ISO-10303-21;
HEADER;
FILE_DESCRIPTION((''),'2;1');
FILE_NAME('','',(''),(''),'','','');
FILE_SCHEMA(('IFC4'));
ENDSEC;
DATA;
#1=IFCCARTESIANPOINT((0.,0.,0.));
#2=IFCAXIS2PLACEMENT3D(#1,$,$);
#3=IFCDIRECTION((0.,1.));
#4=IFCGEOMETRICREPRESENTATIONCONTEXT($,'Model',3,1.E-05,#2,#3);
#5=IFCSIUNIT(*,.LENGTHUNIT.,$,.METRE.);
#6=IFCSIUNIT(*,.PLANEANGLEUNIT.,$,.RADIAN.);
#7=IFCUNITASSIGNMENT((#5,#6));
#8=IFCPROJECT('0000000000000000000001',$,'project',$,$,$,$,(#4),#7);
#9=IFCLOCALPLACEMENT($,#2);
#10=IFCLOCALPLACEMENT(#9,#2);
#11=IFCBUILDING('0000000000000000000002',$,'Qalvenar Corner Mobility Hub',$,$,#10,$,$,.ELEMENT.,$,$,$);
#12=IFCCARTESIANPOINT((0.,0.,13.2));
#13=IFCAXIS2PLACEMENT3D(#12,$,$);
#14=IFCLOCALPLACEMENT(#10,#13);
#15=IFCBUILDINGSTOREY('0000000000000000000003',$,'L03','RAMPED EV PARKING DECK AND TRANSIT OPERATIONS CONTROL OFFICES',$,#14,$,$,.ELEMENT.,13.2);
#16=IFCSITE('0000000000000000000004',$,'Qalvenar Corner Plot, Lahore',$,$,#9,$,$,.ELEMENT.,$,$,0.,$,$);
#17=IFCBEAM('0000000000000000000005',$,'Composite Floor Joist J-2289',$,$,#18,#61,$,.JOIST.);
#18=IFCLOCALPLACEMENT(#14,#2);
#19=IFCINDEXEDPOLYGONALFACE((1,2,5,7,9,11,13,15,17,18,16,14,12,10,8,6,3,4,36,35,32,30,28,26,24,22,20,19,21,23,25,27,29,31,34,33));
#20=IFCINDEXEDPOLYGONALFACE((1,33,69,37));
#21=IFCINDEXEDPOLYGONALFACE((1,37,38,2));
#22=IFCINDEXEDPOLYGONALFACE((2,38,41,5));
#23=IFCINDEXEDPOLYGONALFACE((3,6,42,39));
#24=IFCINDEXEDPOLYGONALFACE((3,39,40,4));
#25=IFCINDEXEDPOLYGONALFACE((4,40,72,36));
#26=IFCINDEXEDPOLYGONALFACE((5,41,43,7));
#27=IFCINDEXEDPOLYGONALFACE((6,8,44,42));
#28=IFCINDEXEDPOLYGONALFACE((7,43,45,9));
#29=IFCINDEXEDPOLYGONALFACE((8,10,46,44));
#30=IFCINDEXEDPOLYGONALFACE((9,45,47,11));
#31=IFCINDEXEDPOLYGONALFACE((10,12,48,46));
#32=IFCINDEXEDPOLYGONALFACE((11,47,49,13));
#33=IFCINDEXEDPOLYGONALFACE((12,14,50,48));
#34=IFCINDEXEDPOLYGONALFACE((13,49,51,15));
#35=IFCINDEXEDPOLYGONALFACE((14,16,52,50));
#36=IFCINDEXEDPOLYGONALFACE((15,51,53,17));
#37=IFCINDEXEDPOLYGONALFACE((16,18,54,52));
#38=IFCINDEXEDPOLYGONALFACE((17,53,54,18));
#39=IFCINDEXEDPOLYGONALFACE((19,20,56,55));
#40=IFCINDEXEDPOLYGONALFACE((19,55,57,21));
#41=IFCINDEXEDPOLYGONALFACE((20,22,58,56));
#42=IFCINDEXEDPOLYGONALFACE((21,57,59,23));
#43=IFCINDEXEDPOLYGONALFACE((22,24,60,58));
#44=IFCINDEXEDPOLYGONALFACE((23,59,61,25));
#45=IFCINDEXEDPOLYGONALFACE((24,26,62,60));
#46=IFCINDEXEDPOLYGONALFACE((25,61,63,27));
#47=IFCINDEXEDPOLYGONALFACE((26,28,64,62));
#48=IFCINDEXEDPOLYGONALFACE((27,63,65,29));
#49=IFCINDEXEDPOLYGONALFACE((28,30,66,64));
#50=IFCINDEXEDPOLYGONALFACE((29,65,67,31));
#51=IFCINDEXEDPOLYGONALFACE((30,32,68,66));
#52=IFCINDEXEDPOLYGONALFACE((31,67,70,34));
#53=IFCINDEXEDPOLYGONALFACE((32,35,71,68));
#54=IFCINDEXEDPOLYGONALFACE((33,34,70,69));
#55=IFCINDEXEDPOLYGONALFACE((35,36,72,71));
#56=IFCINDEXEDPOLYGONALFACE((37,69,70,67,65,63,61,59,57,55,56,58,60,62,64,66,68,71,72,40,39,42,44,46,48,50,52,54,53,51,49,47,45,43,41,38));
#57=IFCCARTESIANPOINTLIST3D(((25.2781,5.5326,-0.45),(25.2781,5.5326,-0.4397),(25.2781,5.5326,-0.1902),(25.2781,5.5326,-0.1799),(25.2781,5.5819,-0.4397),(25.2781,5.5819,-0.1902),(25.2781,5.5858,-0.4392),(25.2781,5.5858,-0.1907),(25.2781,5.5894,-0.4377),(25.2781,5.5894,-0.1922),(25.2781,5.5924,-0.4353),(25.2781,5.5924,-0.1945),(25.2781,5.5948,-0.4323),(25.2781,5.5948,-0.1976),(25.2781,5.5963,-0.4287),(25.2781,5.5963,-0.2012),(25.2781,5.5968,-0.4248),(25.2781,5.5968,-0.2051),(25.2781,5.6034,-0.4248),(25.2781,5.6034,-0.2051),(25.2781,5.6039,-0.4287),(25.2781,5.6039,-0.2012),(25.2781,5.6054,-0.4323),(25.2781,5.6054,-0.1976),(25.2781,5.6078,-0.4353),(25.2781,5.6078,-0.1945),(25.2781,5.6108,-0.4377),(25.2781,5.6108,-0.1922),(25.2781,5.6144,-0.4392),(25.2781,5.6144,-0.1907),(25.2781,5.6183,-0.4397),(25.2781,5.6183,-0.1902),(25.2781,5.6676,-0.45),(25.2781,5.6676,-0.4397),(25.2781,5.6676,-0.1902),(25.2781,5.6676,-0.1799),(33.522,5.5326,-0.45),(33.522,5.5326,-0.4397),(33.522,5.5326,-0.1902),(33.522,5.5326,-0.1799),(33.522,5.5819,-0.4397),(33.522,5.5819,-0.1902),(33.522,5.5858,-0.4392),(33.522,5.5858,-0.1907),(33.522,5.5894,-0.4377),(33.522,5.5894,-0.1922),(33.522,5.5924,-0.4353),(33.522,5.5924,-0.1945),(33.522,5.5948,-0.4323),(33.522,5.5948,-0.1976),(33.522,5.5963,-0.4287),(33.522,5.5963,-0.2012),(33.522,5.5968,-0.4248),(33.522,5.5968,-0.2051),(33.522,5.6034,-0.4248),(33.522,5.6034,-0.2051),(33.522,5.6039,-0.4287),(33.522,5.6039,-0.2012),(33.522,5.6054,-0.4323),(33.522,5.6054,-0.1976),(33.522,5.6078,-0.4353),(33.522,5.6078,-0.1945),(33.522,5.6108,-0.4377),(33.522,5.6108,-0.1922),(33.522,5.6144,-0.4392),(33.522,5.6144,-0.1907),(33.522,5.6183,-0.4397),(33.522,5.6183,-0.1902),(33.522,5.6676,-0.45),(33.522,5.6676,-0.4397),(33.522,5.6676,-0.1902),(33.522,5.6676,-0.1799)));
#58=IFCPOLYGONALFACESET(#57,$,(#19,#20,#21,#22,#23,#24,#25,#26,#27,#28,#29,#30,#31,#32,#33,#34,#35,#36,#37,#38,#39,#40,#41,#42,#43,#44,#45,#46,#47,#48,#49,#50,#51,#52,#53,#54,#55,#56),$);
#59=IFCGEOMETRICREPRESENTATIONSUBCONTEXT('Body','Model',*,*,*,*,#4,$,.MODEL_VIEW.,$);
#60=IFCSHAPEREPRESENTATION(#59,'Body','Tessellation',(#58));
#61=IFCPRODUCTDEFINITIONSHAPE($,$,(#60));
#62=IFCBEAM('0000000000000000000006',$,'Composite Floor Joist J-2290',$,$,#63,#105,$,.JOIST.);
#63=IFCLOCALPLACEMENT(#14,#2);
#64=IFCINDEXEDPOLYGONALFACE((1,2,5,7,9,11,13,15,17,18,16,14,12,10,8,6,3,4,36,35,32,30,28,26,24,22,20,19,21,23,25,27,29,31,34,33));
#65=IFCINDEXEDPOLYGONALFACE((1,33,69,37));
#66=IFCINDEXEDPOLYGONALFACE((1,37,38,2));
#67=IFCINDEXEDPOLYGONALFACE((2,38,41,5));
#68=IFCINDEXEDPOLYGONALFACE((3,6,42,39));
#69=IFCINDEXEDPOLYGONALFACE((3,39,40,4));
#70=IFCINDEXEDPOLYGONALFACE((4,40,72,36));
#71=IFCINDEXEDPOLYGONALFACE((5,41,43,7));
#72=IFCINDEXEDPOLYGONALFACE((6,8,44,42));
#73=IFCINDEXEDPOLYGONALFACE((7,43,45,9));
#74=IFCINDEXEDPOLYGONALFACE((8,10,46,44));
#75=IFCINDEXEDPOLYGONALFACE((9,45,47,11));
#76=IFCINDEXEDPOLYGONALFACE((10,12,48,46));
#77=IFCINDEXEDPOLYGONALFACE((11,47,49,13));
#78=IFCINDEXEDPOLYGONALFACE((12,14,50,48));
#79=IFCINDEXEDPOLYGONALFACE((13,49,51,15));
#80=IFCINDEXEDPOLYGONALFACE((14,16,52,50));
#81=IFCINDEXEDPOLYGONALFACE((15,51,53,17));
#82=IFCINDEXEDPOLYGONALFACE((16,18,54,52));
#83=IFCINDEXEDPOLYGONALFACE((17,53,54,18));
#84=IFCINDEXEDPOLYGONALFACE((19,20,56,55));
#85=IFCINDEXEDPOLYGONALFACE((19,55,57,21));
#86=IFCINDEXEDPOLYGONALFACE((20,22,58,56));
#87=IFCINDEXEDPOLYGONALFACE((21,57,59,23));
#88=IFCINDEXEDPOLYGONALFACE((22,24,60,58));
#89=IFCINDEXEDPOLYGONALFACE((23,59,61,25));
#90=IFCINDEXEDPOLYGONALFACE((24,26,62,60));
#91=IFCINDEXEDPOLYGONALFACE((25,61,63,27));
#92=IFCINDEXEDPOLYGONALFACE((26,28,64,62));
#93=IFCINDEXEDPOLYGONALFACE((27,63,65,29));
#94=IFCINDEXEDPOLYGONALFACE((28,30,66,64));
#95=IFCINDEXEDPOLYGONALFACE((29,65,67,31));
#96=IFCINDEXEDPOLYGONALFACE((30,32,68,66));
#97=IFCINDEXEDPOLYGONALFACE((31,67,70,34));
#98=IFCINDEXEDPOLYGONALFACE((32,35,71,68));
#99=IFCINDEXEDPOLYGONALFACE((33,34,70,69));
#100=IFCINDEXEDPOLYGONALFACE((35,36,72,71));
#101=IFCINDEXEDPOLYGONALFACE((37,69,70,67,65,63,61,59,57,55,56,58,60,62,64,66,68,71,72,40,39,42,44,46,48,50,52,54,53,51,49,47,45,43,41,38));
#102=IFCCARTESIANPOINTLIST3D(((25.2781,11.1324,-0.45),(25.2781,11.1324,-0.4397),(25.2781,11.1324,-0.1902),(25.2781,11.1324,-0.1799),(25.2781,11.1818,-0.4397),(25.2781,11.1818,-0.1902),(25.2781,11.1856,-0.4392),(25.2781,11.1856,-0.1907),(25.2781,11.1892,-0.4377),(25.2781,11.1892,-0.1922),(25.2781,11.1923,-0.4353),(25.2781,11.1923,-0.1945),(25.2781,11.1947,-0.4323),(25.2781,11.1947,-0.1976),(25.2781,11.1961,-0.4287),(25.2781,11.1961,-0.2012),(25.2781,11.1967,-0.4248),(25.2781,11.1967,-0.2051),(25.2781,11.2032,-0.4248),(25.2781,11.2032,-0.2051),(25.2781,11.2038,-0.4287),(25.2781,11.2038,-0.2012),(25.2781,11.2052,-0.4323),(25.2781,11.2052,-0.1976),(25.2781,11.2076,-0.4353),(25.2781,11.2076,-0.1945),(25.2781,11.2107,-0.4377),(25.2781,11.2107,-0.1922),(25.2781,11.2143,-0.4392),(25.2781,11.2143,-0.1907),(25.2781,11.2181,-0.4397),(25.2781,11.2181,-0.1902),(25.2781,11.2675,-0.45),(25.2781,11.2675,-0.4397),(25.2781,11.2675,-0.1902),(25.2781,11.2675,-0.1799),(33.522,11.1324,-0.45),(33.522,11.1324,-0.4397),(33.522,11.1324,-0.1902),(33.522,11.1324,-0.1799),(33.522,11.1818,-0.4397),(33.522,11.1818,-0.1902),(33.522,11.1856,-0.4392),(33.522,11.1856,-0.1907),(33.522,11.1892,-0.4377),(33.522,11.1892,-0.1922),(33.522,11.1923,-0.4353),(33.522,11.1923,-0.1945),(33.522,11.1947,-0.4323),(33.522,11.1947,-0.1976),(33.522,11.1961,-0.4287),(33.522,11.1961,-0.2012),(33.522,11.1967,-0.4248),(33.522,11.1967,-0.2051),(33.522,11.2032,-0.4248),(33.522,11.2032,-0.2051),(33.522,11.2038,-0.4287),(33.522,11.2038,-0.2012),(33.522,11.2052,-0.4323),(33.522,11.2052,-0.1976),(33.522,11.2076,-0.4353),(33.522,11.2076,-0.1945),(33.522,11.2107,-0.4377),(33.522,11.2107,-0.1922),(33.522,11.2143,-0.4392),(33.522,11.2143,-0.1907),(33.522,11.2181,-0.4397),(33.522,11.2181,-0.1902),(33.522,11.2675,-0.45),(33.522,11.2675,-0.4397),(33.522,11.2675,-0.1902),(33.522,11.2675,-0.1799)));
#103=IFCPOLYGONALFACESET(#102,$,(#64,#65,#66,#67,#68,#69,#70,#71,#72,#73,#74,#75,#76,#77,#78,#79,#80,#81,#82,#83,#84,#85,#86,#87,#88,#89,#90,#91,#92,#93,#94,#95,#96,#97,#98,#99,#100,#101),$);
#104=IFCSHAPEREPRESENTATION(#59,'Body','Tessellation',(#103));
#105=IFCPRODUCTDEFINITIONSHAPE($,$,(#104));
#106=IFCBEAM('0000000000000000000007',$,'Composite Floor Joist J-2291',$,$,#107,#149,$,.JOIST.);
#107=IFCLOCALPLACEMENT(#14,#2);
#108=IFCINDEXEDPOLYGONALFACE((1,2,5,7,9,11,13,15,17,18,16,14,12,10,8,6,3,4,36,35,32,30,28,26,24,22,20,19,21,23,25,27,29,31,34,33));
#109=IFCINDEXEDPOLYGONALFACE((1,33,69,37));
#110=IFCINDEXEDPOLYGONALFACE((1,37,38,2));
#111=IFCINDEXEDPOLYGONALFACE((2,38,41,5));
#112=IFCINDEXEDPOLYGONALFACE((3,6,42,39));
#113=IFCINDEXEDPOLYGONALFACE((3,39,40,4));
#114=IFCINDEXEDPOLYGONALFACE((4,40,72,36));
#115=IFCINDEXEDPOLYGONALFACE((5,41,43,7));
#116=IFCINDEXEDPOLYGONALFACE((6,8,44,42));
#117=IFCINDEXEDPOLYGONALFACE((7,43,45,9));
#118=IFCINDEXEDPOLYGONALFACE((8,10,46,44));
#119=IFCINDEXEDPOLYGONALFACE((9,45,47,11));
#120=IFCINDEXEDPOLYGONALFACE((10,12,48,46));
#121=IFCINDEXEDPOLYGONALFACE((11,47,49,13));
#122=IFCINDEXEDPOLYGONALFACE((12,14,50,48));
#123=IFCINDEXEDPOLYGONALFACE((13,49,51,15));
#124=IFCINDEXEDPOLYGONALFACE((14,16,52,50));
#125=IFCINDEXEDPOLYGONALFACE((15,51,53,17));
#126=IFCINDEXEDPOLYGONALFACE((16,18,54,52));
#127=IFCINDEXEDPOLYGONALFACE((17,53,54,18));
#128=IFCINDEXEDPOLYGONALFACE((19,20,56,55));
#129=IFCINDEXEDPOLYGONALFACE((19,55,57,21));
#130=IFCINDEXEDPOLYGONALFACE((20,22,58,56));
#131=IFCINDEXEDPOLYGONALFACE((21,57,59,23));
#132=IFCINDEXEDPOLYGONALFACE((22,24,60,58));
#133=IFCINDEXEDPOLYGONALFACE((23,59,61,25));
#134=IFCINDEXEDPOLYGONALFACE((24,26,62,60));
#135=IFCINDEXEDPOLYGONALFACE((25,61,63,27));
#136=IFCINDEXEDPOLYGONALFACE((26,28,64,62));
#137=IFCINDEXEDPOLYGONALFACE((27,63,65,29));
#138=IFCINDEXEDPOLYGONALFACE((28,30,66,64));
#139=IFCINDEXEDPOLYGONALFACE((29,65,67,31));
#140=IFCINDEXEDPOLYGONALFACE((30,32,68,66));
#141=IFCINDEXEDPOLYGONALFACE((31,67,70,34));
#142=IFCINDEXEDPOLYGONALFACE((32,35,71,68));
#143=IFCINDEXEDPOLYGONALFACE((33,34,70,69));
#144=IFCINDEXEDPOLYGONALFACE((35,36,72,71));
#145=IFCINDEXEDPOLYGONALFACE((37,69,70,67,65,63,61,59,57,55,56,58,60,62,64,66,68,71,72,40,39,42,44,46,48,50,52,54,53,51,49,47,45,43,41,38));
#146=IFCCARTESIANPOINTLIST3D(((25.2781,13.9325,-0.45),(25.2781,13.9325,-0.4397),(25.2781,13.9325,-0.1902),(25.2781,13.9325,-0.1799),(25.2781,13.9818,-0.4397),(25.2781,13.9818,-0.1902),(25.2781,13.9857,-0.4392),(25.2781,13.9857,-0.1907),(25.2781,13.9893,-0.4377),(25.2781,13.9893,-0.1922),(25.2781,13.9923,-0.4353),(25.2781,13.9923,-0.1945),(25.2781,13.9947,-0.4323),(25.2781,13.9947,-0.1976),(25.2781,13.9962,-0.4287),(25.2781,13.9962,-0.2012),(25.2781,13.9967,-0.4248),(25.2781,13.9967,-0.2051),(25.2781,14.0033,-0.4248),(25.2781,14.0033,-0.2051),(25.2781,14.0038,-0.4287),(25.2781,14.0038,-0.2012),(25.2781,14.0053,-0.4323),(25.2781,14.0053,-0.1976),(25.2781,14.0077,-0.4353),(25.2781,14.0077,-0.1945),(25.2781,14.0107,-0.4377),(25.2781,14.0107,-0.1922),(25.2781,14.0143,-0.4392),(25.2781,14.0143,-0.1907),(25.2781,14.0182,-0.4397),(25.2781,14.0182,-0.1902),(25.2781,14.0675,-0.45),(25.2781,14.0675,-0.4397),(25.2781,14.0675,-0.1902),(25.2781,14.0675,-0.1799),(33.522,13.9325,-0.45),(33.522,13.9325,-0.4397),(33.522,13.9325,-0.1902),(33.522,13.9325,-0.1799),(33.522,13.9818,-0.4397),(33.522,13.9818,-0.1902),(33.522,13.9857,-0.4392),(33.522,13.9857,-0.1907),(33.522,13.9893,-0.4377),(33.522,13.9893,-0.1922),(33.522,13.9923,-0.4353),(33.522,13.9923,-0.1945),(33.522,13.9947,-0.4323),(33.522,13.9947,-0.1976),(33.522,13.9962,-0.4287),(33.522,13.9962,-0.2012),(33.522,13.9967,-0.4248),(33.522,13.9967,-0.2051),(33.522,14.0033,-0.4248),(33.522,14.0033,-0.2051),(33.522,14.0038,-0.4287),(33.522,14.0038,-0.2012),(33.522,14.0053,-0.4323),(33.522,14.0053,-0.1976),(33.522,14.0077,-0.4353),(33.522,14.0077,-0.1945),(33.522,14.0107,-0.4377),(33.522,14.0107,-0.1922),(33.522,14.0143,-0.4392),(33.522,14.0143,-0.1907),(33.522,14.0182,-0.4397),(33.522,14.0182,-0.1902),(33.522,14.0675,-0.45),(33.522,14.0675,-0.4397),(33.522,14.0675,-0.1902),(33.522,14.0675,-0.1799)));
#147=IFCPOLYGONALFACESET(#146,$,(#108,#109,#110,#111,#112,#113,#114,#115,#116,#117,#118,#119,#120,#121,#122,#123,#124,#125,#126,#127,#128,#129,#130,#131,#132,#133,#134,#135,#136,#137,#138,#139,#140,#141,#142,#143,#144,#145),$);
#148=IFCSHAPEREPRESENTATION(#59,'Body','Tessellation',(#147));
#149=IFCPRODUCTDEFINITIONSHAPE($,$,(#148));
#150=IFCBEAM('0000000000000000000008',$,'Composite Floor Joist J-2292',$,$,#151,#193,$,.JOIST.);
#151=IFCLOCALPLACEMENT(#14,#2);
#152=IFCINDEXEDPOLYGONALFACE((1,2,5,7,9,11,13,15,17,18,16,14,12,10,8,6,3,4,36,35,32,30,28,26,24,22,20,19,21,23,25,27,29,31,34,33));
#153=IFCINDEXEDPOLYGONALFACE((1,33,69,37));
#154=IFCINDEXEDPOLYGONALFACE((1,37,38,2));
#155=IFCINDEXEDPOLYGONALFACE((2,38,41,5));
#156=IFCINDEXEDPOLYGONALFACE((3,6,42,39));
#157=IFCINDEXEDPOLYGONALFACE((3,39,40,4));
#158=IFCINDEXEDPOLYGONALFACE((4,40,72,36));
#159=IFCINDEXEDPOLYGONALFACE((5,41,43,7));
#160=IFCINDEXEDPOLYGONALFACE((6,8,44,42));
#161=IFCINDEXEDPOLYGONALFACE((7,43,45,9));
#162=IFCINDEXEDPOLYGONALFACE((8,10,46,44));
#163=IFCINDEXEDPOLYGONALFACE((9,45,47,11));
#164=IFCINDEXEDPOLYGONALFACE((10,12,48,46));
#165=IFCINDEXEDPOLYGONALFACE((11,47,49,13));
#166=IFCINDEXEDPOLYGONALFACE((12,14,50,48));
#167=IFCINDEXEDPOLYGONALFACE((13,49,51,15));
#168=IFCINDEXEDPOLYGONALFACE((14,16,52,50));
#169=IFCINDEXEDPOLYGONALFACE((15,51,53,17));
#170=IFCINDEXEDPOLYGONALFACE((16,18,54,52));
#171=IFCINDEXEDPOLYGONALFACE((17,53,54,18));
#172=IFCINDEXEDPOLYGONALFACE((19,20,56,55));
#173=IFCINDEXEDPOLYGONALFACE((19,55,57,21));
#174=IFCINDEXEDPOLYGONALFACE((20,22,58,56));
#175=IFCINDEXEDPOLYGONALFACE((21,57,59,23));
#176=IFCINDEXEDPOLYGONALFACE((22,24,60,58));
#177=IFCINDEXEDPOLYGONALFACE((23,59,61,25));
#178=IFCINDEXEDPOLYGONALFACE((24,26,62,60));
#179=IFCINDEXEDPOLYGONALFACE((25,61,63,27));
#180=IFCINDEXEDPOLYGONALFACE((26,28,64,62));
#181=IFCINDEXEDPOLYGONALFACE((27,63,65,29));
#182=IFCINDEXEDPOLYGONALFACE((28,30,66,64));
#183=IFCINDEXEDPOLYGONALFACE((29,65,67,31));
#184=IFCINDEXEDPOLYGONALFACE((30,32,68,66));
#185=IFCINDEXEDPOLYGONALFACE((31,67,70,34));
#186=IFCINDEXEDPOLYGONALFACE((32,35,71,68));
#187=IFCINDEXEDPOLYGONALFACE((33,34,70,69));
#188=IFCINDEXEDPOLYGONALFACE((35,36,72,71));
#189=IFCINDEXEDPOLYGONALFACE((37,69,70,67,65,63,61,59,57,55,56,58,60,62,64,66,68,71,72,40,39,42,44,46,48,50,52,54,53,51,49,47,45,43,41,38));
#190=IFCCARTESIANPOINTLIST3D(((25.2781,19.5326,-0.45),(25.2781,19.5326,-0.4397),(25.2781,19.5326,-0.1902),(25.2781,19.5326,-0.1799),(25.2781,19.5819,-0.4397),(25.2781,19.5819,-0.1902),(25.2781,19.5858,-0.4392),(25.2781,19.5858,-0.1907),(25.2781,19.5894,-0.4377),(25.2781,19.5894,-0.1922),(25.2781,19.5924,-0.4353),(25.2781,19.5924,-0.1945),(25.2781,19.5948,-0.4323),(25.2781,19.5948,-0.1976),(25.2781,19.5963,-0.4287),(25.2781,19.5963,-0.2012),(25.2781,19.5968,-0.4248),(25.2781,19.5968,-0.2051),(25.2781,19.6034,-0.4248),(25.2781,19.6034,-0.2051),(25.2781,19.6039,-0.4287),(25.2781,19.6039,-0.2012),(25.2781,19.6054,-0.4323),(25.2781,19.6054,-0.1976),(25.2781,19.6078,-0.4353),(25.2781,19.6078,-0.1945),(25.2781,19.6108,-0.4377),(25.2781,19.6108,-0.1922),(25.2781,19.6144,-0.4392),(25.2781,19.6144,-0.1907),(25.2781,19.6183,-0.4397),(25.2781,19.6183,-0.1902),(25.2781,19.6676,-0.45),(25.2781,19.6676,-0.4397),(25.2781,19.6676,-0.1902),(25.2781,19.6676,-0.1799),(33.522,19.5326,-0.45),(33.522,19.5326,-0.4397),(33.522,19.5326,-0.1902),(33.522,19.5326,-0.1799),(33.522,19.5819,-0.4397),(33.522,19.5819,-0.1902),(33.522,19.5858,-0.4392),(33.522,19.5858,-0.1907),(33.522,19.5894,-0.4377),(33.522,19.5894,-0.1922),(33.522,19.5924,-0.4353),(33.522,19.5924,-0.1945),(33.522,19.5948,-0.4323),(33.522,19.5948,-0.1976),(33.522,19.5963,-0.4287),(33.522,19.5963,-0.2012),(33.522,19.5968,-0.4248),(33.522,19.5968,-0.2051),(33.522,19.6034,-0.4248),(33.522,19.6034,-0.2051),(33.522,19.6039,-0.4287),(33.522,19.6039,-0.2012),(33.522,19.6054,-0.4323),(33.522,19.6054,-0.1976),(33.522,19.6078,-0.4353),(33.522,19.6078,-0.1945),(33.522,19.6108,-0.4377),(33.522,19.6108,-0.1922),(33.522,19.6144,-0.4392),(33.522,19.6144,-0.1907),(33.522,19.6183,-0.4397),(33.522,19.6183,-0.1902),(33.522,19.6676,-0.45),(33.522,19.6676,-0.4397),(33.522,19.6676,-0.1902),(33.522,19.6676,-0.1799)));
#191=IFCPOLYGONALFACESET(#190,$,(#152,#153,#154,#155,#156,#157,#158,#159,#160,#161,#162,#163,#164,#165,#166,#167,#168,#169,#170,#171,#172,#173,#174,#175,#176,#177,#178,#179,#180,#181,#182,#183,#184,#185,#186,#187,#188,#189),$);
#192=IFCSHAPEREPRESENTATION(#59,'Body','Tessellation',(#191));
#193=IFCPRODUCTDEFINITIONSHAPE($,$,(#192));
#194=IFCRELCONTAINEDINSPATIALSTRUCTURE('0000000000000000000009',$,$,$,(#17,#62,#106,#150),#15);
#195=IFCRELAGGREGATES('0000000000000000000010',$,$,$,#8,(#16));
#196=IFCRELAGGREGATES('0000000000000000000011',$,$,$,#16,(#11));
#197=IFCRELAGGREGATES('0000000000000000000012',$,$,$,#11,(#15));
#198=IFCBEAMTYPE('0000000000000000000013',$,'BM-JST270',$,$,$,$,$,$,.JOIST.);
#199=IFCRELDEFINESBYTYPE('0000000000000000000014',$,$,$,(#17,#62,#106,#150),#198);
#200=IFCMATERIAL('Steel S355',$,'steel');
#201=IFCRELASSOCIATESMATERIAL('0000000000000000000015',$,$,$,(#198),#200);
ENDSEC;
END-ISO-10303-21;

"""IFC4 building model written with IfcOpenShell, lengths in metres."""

from ifc_helpers import new_model, si_unit, direction, frame, origin, origin_2d, place, context, subcontext, project, spatial, i_section, extrude, material, material_profile, profile_set, type_object, element, save


model = new_model("IFC4")

# Units and contexts
model_context = context("Model", 3, precision=1e-05, world=origin(), true_north=direction((0.0, 1.0)))
body_context = subcontext(model_context, "Body", "Model", "MODEL_VIEW")
ifc_project = project(units=[si_unit("LENGTHUNIT", "METRE"), si_unit("PLANEANGLEUNIT", "RADIAN")], contexts=[model_context])

# Site, building, storey
site_placement = place(None, origin())
site = spatial("IfcSite", under=ifc_project, at=site_placement, Name="Qalvenar Corner Plot, Lahore", CompositionType="ELEMENT", RefElevation=0.0)
building_placement = place(site_placement, origin())
building = spatial("IfcBuilding", under=site, at=building_placement, Name="Qalvenar Corner Mobility Hub", CompositionType="ELEMENT")
storey_placement = place(building_placement, frame((0.0, 0.0, 13.2)))
storey = spatial("IfcBuildingStorey", under=building, at=storey_placement, Name="L03", Description="RAMPED EV PARKING DECK AND TRANSIT OPERATIONS CONTROL OFFICES", CompositionType="ELEMENT", Elevation=13.2)

# Shared definitions
ifc_material_1 = material(Name="Steel S355", Category="steel")

# Beams
ifc_material_profile_1 = material_profile(ifc_material_1, i_section(OverallWidth=0.135, OverallDepth=0.27, WebThickness=0.0066, FlangeThickness=0.0103, FilletRadius=0.0149, at=origin_2d()), Name="IPE270")
ifc_profile_set_1 = profile_set([ifc_material_profile_1], Name="Steel S355")
beam_type_1 = type_object("IfcBeamType", Name="BM-JST270", PredefinedType="JOIST", material=ifc_profile_set_1)
for number, where, z_axis, x_axis, name in (
    (1, (25.2781, 5.6001, -0.3149), (1.0, 0.0, 0.0), (0.0, 1.0, 0.0), "Composite Floor Joist J-2289"),
    (2, (25.2781, 11.2, -0.3149), (1.0, 0.0, 0.0), (0.0, 1.0, 0.0), "Composite Floor Joist J-2290"),
    (3, (25.2781, 14.0, -0.3149), (1.0, 0.0, 0.0), (0.0, 1.0, 0.0), "Composite Floor Joist J-2291"),
    (4, (25.2781, 19.6001, -0.3149), (1.0, 0.0, 0.0), (0.0, 1.0, 0.0), "Composite Floor Joist J-2292"),
):
    element("IfcBeam", number, at=place(storey_placement, frame(where, z_axis=z_axis, x_axis=x_axis)), inside=storey, type_object=beam_type_1, Name=name, PredefinedType="JOIST", context=body_context, shape_type="SweptSolid", body=[
        extrude(i_section(OverallWidth=0.135, OverallDepth=0.27, WebThickness=0.0066, FlangeThickness=0.0103, FilletRadius=0.0149, at=origin_2d()), origin(), (0.0, 0.0, 1.0), 8.2439),
    ])

save(model, "model.ifc")
